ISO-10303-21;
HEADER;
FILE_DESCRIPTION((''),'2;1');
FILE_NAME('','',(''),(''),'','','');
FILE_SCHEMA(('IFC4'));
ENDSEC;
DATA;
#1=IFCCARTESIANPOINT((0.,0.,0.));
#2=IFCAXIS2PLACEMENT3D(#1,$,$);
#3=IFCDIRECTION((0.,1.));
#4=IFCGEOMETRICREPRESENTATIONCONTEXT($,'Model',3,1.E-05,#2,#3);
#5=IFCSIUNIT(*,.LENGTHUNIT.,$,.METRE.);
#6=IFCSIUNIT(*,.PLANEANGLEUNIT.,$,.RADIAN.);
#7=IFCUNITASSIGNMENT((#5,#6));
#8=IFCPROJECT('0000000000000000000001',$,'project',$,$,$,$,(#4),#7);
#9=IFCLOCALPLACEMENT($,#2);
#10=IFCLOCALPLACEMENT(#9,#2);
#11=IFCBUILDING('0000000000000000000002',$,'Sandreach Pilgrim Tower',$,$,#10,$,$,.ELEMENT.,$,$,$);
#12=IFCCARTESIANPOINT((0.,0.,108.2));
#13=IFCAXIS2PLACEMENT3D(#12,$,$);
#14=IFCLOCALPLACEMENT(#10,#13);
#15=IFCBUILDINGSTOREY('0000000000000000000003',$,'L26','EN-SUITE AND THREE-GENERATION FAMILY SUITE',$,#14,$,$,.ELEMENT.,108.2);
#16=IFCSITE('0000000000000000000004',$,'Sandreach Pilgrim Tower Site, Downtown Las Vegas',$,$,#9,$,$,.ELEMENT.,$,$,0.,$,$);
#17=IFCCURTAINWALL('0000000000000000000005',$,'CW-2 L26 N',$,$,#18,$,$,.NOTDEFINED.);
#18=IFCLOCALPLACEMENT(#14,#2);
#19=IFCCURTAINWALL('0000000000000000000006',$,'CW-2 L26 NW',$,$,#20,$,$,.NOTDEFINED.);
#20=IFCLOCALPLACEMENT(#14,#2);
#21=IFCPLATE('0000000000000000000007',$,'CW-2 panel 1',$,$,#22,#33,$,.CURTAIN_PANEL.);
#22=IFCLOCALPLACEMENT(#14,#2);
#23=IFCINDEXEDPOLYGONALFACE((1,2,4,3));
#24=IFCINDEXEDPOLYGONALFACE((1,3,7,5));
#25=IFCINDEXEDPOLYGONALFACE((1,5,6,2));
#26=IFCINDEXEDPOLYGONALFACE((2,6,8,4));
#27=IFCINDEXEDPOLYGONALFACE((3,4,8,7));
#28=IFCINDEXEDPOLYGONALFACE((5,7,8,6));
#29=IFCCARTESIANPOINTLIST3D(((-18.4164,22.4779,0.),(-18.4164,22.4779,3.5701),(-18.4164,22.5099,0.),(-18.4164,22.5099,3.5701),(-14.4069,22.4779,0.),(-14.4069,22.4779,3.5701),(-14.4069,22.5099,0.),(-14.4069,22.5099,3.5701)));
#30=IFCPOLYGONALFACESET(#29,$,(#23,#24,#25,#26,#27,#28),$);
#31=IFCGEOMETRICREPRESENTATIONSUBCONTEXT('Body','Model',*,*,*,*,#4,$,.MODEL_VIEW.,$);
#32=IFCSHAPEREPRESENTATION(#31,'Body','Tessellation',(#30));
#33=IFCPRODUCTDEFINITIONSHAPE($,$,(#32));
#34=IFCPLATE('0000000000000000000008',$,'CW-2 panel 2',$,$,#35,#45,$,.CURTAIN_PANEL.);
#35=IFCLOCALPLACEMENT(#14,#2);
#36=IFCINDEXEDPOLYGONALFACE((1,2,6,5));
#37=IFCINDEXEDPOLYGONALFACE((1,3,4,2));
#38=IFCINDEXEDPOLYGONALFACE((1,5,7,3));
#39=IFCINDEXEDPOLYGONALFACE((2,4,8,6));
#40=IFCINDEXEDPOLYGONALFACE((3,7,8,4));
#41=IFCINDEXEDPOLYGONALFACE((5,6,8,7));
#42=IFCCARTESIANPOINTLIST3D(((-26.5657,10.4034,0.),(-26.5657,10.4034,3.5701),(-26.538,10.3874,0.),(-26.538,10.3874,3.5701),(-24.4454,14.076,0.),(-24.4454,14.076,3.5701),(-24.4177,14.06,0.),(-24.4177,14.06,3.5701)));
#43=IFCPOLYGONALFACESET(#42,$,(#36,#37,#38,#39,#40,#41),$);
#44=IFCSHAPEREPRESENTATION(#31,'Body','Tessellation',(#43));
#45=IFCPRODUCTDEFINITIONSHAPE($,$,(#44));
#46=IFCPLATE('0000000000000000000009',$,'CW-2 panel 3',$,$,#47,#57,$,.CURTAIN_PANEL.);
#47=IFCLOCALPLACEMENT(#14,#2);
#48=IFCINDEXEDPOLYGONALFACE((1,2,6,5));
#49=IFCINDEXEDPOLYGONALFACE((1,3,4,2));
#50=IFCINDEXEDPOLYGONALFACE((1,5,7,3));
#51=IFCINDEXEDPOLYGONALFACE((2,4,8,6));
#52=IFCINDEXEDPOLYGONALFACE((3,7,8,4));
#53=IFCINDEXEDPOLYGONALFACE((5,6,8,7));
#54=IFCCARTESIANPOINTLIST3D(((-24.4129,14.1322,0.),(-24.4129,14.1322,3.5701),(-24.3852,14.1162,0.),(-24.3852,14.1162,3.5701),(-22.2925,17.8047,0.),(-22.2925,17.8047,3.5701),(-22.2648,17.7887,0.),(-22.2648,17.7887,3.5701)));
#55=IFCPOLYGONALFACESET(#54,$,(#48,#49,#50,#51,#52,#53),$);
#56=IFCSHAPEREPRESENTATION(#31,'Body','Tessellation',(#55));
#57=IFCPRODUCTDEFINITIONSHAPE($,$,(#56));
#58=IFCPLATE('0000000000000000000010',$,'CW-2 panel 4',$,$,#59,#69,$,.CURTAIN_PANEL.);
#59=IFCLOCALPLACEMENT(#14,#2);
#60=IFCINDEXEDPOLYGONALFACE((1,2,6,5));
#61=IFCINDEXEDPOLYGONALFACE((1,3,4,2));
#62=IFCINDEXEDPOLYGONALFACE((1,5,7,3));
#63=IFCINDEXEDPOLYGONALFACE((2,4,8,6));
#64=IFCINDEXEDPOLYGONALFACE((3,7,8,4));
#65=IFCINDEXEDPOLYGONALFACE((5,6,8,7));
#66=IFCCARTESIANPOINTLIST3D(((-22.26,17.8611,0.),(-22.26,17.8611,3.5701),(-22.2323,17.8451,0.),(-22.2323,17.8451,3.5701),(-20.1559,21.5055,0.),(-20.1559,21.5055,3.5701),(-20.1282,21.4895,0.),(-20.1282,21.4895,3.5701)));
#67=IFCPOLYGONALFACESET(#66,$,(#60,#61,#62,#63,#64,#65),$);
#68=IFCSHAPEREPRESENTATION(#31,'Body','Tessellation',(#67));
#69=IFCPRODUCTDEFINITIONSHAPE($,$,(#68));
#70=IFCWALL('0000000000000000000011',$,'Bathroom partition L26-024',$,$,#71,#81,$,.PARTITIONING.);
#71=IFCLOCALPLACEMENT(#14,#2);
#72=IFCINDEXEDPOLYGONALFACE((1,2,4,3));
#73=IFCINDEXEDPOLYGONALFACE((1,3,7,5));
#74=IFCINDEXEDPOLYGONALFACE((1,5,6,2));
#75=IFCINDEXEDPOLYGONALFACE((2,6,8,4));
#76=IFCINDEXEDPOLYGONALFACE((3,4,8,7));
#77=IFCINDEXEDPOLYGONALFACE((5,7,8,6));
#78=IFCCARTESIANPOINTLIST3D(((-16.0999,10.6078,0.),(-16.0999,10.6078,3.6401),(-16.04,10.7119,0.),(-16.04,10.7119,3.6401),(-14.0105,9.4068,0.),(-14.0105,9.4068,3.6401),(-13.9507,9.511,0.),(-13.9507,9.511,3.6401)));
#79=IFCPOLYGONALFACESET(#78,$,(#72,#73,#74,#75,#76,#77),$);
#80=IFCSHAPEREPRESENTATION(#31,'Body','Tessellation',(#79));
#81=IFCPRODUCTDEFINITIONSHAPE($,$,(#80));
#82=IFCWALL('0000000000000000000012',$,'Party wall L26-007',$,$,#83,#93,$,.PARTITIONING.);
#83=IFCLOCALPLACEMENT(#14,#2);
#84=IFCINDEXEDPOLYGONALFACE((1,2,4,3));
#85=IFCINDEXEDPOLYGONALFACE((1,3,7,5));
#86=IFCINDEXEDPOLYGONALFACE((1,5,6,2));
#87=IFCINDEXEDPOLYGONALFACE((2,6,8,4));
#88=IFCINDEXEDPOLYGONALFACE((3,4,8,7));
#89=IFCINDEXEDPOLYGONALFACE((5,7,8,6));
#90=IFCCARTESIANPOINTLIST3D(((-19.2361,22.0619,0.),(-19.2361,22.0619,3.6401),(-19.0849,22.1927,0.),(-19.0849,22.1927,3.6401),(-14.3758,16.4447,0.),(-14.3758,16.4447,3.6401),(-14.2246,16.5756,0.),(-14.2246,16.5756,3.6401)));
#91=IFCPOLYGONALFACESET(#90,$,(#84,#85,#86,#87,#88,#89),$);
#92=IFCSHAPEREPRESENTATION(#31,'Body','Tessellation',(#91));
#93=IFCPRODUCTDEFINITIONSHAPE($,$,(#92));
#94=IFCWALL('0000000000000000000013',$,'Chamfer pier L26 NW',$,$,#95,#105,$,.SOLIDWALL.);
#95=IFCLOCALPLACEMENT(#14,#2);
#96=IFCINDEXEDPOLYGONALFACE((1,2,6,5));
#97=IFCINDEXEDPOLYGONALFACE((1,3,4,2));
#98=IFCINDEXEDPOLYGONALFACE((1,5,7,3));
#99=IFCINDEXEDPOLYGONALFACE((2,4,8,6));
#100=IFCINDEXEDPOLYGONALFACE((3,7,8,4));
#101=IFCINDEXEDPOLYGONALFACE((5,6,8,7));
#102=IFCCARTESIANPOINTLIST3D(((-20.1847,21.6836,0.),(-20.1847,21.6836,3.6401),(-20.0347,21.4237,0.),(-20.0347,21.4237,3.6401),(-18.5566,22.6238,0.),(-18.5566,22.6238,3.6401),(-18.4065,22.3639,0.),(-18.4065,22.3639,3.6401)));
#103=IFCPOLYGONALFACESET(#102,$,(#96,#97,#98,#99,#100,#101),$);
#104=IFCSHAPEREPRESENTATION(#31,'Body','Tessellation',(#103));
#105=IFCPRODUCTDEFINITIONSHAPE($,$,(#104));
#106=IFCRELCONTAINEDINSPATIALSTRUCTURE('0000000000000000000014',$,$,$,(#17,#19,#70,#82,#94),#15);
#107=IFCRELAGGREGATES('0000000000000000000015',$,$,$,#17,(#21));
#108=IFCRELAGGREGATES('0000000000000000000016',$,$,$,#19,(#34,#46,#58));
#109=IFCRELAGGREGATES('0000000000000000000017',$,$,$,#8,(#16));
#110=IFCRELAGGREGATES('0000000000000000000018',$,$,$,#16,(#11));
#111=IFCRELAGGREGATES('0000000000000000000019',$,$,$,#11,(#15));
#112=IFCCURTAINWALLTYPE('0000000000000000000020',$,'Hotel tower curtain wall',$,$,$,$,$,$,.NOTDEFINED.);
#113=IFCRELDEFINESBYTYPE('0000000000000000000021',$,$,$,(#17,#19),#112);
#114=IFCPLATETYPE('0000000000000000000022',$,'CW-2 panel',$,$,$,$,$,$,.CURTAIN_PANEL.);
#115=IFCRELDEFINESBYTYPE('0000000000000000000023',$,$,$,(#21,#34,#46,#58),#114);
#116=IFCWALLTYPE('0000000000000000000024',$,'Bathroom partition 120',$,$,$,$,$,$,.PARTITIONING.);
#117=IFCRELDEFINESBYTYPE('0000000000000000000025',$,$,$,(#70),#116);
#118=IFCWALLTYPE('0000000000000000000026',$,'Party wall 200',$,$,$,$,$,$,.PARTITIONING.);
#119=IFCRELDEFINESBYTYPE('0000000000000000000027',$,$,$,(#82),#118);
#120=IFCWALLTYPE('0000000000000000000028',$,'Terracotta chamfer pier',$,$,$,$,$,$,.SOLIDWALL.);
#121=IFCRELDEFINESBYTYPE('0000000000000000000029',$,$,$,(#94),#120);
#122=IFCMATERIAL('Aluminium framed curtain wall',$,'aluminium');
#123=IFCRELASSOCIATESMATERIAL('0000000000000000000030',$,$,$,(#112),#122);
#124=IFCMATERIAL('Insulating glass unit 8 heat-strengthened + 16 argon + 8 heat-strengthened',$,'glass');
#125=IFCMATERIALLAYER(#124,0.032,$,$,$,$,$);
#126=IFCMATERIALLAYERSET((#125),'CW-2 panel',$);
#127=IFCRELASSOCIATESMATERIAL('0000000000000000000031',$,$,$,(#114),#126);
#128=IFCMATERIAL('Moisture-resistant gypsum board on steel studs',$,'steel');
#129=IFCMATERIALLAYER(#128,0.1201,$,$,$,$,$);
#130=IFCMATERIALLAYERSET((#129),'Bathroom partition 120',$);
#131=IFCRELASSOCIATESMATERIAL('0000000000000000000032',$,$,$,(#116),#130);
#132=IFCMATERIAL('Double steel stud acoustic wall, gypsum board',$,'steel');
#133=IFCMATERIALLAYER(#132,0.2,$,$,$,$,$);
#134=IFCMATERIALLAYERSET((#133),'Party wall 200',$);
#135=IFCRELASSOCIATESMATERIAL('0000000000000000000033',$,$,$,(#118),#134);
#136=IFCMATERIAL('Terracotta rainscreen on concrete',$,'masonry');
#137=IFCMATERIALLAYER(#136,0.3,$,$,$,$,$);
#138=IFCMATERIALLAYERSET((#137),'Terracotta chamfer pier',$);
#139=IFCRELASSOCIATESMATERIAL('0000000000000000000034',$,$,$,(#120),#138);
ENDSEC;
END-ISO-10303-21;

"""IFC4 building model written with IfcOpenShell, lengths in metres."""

from ifc_helpers import new_model, si_unit, direction, frame, frame_2d, origin, origin_2d, place, context, subcontext, project, spatial, rectangle, extrude, material, layer, layer_set, type_object, element, aggregate, save


model = new_model("IFC4")

# Units and contexts
model_context = context("Model", 3, precision=1e-05, world=origin(), true_north=direction((0.0, 1.0)))
body_context = subcontext(model_context, "Body", "Model", "MODEL_VIEW")
ifc_project = project(units=[si_unit("LENGTHUNIT", "METRE"), si_unit("PLANEANGLEUNIT", "RADIAN")], contexts=[model_context])

# Site, building, storey
site_placement = place(None, origin())
site = spatial("IfcSite", under=ifc_project, at=site_placement, Name="Sandreach Pilgrim Tower Site, Downtown Las Vegas", CompositionType="ELEMENT", RefElevation=0.0)
building_placement = place(site_placement, origin())
building = spatial("IfcBuilding", under=site, at=building_placement, Name="Sandreach Pilgrim Tower", CompositionType="ELEMENT")
storey_placement = place(building_placement, frame((0.0, 0.0, 108.2)))
storey = spatial("IfcBuildingStorey", under=building, at=storey_placement, Name="L26", Description="EN-SUITE AND THREE-GENERATION FAMILY SUITE", CompositionType="ELEMENT", Elevation=108.2)

# Curtain wall
ifc_material_1 = material(Name="Aluminium framed curtain wall", Category="aluminium")
curtain_wall_type = type_object("IfcCurtainWallType", Name="Hotel tower curtain wall", PredefinedType="NOTDEFINED", material=ifc_material_1)
curtain_wall_1_placement = place(storey_placement, origin())
curtain_wall_1 = element("IfcCurtainWall", 1, at=curtain_wall_1_placement, inside=storey, type_object=curtain_wall_type, Name="CW-2 L26 N", PredefinedType="NOTDEFINED")

# Curtain wall
curtain_wall_2_placement = place(storey_placement, origin())
curtain_wall_2 = element("IfcCurtainWall", 2, at=curtain_wall_2_placement, inside=storey, type_object=curtain_wall_type, Name="CW-2 L26 NW", PredefinedType="NOTDEFINED")

# Plates
ifc_material_2 = material(Name="Insulating glass unit 8 heat-strengthened + 16 argon + 8 heat-strengthened", Category="glass")
ifc_layer_1 = layer(ifc_material_2, 0.032)
ifc_layer_set_1 = layer_set([ifc_layer_1], Name="CW-2 panel")
plate_type = type_object("IfcPlateType", Name="CW-2 panel", PredefinedType="CURTAIN_PANEL", material=ifc_layer_set_1)
plate_1_placement = place(storey_placement, frame((-16.4116, 22.4939, 0.0), z_axis=(0.0, 0.0, 1.0), x_axis=(1.0, 0.0, 0.0)))
plate_1 = element("IfcPlate", 3, at=plate_1_placement, type_object=plate_type, Name="CW-2 panel 1", PredefinedType="CURTAIN_PANEL", context=body_context, shape_type="SweptSolid", body=[
    extrude(rectangle(XDim=4.0095, YDim=0.032, at=origin_2d()), origin(), (0.0, 0.0, 1.0), 3.5701),
])
aggregate(curtain_wall_1, [plate_1])
plate_2_placement = place(storey_placement, frame((-25.4917, 12.2317, 0.0), z_axis=(0.0, 0.0, 1.0), x_axis=(0.5, 0.866025, 0.0)))
plate_2 = element("IfcPlate", 4, at=plate_2_placement, type_object=plate_type, Name="CW-2 panel 2", PredefinedType="CURTAIN_PANEL", context=body_context, shape_type="SweptSolid", body=[
    extrude(rectangle(XDim=4.2407, YDim=0.032, at=origin_2d()), origin(), (0.0, 0.0, 1.0), 3.5701),
])
plate_3_placement = place(storey_placement, frame((-23.3389, 15.9604, 0.0), z_axis=(0.0, 0.0, 1.0), x_axis=(0.5, 0.866025, 0.0)))
plate_3 = element("IfcPlate", 5, at=plate_3_placement, type_object=plate_type, Name="CW-2 panel 3", PredefinedType="CURTAIN_PANEL", context=body_context, shape_type="SweptSolid", body=[
    extrude(rectangle(XDim=4.2407, YDim=0.032, at=origin_2d()), origin(), (0.0, 0.0, 1.0), 3.5701),
])
plate_4_placement = place(storey_placement, frame((-21.1941, 19.6753, 0.0), z_axis=(0.0, 0.0, 1.0), x_axis=(0.5, 0.866025, 0.0)))
plate_4 = element("IfcPlate", 6, at=plate_4_placement, type_object=plate_type, Name="CW-2 panel 4", PredefinedType="CURTAIN_PANEL", context=body_context, shape_type="SweptSolid", body=[
    extrude(rectangle(XDim=4.2083, YDim=0.032, at=origin_2d()), origin(), (0.0, 0.0, 1.0), 3.5701),
])
aggregate(curtain_wall_2, [plate_2, plate_3, plate_4])

# Wall
ifc_material_3 = material(Name="Moisture-resistant gypsum board on steel studs", Category="steel")
ifc_layer_2 = layer(ifc_material_3, 0.1201)
ifc_layer_set_2 = layer_set([ifc_layer_2], Name="Bathroom partition 120")
wall_type_1 = type_object("IfcWallType", Name="Bathroom partition 120", PredefinedType="PARTITIONING", material=ifc_layer_set_2)
wall_1_placement = place(storey_placement, frame((-16.0701, 10.6599, 0.0), z_axis=(0.0, 0.0, 1.0), x_axis=(0.866987, -0.49833, 0.0)))
element("IfcWall", 7, at=wall_1_placement, inside=storey, type_object=wall_type_1, Name="Bathroom partition L26-024", PredefinedType="PARTITIONING", context=body_context, shape_type="SweptSolid", body=[
    extrude(rectangle(XDim=2.4099, YDim=0.1201, at=frame_2d((1.2051, 0.0))), origin(), (0.0, 0.0, 1.0), 3.6401),
])

# Walls
ifc_material_4 = material(Name="Double steel stud acoustic wall, gypsum board", Category="steel")
ifc_layer_3 = layer(ifc_material_4, 0.2)
ifc_layer_set_3 = layer_set([ifc_layer_3], Name="Party wall 200")
wall_type_2 = type_object("IfcWallType", Name="Party wall 200", PredefinedType="PARTITIONING", material=ifc_layer_set_3)
wall_2_placement = place(storey_placement, frame((-19.1604, 22.1272, 0.0), z_axis=(0.0, 0.0, 1.0), x_axis=(0.654325, -0.756214, 0.0)))
element("IfcWall", 8, at=wall_2_placement, inside=storey, type_object=wall_type_2, Name="Party wall L26-007", PredefinedType="PARTITIONING", context=body_context, shape_type="SweptSolid", body=[
    extrude(rectangle(XDim=7.428, YDim=0.2, at=frame_2d((3.7139, 0.0))), origin(), (0.0, 0.0, 1.0), 3.6401),
])
ifc_material_5 = material(Name="Terracotta rainscreen on concrete", Category="masonry")
ifc_layer_4 = layer(ifc_material_5, 0.3)
ifc_layer_set_4 = layer_set([ifc_layer_4], Name="Terracotta chamfer pier")
wall_type_3 = type_object("IfcWallType", Name="Terracotta chamfer pier", PredefinedType="SOLIDWALL", material=ifc_layer_set_4)
wall_3_placement = place(storey_placement, frame((-20.1096, 21.5537, 0.0), z_axis=(0.0, 0.0, 1.0), x_axis=(0.865989, 0.500063, 0.0)))
element("IfcWall", 9, at=wall_3_placement, inside=storey, type_object=wall_type_3, Name="Chamfer pier L26 NW", PredefinedType="SOLIDWALL", context=body_context, shape_type="SweptSolid", body=[
    extrude(rectangle(XDim=1.8801, YDim=0.3, at=frame_2d((0.9399, 0.0))), origin(), (0.0, 0.0, 1.0), 3.6401),
])

save(model, "model.ifc")
